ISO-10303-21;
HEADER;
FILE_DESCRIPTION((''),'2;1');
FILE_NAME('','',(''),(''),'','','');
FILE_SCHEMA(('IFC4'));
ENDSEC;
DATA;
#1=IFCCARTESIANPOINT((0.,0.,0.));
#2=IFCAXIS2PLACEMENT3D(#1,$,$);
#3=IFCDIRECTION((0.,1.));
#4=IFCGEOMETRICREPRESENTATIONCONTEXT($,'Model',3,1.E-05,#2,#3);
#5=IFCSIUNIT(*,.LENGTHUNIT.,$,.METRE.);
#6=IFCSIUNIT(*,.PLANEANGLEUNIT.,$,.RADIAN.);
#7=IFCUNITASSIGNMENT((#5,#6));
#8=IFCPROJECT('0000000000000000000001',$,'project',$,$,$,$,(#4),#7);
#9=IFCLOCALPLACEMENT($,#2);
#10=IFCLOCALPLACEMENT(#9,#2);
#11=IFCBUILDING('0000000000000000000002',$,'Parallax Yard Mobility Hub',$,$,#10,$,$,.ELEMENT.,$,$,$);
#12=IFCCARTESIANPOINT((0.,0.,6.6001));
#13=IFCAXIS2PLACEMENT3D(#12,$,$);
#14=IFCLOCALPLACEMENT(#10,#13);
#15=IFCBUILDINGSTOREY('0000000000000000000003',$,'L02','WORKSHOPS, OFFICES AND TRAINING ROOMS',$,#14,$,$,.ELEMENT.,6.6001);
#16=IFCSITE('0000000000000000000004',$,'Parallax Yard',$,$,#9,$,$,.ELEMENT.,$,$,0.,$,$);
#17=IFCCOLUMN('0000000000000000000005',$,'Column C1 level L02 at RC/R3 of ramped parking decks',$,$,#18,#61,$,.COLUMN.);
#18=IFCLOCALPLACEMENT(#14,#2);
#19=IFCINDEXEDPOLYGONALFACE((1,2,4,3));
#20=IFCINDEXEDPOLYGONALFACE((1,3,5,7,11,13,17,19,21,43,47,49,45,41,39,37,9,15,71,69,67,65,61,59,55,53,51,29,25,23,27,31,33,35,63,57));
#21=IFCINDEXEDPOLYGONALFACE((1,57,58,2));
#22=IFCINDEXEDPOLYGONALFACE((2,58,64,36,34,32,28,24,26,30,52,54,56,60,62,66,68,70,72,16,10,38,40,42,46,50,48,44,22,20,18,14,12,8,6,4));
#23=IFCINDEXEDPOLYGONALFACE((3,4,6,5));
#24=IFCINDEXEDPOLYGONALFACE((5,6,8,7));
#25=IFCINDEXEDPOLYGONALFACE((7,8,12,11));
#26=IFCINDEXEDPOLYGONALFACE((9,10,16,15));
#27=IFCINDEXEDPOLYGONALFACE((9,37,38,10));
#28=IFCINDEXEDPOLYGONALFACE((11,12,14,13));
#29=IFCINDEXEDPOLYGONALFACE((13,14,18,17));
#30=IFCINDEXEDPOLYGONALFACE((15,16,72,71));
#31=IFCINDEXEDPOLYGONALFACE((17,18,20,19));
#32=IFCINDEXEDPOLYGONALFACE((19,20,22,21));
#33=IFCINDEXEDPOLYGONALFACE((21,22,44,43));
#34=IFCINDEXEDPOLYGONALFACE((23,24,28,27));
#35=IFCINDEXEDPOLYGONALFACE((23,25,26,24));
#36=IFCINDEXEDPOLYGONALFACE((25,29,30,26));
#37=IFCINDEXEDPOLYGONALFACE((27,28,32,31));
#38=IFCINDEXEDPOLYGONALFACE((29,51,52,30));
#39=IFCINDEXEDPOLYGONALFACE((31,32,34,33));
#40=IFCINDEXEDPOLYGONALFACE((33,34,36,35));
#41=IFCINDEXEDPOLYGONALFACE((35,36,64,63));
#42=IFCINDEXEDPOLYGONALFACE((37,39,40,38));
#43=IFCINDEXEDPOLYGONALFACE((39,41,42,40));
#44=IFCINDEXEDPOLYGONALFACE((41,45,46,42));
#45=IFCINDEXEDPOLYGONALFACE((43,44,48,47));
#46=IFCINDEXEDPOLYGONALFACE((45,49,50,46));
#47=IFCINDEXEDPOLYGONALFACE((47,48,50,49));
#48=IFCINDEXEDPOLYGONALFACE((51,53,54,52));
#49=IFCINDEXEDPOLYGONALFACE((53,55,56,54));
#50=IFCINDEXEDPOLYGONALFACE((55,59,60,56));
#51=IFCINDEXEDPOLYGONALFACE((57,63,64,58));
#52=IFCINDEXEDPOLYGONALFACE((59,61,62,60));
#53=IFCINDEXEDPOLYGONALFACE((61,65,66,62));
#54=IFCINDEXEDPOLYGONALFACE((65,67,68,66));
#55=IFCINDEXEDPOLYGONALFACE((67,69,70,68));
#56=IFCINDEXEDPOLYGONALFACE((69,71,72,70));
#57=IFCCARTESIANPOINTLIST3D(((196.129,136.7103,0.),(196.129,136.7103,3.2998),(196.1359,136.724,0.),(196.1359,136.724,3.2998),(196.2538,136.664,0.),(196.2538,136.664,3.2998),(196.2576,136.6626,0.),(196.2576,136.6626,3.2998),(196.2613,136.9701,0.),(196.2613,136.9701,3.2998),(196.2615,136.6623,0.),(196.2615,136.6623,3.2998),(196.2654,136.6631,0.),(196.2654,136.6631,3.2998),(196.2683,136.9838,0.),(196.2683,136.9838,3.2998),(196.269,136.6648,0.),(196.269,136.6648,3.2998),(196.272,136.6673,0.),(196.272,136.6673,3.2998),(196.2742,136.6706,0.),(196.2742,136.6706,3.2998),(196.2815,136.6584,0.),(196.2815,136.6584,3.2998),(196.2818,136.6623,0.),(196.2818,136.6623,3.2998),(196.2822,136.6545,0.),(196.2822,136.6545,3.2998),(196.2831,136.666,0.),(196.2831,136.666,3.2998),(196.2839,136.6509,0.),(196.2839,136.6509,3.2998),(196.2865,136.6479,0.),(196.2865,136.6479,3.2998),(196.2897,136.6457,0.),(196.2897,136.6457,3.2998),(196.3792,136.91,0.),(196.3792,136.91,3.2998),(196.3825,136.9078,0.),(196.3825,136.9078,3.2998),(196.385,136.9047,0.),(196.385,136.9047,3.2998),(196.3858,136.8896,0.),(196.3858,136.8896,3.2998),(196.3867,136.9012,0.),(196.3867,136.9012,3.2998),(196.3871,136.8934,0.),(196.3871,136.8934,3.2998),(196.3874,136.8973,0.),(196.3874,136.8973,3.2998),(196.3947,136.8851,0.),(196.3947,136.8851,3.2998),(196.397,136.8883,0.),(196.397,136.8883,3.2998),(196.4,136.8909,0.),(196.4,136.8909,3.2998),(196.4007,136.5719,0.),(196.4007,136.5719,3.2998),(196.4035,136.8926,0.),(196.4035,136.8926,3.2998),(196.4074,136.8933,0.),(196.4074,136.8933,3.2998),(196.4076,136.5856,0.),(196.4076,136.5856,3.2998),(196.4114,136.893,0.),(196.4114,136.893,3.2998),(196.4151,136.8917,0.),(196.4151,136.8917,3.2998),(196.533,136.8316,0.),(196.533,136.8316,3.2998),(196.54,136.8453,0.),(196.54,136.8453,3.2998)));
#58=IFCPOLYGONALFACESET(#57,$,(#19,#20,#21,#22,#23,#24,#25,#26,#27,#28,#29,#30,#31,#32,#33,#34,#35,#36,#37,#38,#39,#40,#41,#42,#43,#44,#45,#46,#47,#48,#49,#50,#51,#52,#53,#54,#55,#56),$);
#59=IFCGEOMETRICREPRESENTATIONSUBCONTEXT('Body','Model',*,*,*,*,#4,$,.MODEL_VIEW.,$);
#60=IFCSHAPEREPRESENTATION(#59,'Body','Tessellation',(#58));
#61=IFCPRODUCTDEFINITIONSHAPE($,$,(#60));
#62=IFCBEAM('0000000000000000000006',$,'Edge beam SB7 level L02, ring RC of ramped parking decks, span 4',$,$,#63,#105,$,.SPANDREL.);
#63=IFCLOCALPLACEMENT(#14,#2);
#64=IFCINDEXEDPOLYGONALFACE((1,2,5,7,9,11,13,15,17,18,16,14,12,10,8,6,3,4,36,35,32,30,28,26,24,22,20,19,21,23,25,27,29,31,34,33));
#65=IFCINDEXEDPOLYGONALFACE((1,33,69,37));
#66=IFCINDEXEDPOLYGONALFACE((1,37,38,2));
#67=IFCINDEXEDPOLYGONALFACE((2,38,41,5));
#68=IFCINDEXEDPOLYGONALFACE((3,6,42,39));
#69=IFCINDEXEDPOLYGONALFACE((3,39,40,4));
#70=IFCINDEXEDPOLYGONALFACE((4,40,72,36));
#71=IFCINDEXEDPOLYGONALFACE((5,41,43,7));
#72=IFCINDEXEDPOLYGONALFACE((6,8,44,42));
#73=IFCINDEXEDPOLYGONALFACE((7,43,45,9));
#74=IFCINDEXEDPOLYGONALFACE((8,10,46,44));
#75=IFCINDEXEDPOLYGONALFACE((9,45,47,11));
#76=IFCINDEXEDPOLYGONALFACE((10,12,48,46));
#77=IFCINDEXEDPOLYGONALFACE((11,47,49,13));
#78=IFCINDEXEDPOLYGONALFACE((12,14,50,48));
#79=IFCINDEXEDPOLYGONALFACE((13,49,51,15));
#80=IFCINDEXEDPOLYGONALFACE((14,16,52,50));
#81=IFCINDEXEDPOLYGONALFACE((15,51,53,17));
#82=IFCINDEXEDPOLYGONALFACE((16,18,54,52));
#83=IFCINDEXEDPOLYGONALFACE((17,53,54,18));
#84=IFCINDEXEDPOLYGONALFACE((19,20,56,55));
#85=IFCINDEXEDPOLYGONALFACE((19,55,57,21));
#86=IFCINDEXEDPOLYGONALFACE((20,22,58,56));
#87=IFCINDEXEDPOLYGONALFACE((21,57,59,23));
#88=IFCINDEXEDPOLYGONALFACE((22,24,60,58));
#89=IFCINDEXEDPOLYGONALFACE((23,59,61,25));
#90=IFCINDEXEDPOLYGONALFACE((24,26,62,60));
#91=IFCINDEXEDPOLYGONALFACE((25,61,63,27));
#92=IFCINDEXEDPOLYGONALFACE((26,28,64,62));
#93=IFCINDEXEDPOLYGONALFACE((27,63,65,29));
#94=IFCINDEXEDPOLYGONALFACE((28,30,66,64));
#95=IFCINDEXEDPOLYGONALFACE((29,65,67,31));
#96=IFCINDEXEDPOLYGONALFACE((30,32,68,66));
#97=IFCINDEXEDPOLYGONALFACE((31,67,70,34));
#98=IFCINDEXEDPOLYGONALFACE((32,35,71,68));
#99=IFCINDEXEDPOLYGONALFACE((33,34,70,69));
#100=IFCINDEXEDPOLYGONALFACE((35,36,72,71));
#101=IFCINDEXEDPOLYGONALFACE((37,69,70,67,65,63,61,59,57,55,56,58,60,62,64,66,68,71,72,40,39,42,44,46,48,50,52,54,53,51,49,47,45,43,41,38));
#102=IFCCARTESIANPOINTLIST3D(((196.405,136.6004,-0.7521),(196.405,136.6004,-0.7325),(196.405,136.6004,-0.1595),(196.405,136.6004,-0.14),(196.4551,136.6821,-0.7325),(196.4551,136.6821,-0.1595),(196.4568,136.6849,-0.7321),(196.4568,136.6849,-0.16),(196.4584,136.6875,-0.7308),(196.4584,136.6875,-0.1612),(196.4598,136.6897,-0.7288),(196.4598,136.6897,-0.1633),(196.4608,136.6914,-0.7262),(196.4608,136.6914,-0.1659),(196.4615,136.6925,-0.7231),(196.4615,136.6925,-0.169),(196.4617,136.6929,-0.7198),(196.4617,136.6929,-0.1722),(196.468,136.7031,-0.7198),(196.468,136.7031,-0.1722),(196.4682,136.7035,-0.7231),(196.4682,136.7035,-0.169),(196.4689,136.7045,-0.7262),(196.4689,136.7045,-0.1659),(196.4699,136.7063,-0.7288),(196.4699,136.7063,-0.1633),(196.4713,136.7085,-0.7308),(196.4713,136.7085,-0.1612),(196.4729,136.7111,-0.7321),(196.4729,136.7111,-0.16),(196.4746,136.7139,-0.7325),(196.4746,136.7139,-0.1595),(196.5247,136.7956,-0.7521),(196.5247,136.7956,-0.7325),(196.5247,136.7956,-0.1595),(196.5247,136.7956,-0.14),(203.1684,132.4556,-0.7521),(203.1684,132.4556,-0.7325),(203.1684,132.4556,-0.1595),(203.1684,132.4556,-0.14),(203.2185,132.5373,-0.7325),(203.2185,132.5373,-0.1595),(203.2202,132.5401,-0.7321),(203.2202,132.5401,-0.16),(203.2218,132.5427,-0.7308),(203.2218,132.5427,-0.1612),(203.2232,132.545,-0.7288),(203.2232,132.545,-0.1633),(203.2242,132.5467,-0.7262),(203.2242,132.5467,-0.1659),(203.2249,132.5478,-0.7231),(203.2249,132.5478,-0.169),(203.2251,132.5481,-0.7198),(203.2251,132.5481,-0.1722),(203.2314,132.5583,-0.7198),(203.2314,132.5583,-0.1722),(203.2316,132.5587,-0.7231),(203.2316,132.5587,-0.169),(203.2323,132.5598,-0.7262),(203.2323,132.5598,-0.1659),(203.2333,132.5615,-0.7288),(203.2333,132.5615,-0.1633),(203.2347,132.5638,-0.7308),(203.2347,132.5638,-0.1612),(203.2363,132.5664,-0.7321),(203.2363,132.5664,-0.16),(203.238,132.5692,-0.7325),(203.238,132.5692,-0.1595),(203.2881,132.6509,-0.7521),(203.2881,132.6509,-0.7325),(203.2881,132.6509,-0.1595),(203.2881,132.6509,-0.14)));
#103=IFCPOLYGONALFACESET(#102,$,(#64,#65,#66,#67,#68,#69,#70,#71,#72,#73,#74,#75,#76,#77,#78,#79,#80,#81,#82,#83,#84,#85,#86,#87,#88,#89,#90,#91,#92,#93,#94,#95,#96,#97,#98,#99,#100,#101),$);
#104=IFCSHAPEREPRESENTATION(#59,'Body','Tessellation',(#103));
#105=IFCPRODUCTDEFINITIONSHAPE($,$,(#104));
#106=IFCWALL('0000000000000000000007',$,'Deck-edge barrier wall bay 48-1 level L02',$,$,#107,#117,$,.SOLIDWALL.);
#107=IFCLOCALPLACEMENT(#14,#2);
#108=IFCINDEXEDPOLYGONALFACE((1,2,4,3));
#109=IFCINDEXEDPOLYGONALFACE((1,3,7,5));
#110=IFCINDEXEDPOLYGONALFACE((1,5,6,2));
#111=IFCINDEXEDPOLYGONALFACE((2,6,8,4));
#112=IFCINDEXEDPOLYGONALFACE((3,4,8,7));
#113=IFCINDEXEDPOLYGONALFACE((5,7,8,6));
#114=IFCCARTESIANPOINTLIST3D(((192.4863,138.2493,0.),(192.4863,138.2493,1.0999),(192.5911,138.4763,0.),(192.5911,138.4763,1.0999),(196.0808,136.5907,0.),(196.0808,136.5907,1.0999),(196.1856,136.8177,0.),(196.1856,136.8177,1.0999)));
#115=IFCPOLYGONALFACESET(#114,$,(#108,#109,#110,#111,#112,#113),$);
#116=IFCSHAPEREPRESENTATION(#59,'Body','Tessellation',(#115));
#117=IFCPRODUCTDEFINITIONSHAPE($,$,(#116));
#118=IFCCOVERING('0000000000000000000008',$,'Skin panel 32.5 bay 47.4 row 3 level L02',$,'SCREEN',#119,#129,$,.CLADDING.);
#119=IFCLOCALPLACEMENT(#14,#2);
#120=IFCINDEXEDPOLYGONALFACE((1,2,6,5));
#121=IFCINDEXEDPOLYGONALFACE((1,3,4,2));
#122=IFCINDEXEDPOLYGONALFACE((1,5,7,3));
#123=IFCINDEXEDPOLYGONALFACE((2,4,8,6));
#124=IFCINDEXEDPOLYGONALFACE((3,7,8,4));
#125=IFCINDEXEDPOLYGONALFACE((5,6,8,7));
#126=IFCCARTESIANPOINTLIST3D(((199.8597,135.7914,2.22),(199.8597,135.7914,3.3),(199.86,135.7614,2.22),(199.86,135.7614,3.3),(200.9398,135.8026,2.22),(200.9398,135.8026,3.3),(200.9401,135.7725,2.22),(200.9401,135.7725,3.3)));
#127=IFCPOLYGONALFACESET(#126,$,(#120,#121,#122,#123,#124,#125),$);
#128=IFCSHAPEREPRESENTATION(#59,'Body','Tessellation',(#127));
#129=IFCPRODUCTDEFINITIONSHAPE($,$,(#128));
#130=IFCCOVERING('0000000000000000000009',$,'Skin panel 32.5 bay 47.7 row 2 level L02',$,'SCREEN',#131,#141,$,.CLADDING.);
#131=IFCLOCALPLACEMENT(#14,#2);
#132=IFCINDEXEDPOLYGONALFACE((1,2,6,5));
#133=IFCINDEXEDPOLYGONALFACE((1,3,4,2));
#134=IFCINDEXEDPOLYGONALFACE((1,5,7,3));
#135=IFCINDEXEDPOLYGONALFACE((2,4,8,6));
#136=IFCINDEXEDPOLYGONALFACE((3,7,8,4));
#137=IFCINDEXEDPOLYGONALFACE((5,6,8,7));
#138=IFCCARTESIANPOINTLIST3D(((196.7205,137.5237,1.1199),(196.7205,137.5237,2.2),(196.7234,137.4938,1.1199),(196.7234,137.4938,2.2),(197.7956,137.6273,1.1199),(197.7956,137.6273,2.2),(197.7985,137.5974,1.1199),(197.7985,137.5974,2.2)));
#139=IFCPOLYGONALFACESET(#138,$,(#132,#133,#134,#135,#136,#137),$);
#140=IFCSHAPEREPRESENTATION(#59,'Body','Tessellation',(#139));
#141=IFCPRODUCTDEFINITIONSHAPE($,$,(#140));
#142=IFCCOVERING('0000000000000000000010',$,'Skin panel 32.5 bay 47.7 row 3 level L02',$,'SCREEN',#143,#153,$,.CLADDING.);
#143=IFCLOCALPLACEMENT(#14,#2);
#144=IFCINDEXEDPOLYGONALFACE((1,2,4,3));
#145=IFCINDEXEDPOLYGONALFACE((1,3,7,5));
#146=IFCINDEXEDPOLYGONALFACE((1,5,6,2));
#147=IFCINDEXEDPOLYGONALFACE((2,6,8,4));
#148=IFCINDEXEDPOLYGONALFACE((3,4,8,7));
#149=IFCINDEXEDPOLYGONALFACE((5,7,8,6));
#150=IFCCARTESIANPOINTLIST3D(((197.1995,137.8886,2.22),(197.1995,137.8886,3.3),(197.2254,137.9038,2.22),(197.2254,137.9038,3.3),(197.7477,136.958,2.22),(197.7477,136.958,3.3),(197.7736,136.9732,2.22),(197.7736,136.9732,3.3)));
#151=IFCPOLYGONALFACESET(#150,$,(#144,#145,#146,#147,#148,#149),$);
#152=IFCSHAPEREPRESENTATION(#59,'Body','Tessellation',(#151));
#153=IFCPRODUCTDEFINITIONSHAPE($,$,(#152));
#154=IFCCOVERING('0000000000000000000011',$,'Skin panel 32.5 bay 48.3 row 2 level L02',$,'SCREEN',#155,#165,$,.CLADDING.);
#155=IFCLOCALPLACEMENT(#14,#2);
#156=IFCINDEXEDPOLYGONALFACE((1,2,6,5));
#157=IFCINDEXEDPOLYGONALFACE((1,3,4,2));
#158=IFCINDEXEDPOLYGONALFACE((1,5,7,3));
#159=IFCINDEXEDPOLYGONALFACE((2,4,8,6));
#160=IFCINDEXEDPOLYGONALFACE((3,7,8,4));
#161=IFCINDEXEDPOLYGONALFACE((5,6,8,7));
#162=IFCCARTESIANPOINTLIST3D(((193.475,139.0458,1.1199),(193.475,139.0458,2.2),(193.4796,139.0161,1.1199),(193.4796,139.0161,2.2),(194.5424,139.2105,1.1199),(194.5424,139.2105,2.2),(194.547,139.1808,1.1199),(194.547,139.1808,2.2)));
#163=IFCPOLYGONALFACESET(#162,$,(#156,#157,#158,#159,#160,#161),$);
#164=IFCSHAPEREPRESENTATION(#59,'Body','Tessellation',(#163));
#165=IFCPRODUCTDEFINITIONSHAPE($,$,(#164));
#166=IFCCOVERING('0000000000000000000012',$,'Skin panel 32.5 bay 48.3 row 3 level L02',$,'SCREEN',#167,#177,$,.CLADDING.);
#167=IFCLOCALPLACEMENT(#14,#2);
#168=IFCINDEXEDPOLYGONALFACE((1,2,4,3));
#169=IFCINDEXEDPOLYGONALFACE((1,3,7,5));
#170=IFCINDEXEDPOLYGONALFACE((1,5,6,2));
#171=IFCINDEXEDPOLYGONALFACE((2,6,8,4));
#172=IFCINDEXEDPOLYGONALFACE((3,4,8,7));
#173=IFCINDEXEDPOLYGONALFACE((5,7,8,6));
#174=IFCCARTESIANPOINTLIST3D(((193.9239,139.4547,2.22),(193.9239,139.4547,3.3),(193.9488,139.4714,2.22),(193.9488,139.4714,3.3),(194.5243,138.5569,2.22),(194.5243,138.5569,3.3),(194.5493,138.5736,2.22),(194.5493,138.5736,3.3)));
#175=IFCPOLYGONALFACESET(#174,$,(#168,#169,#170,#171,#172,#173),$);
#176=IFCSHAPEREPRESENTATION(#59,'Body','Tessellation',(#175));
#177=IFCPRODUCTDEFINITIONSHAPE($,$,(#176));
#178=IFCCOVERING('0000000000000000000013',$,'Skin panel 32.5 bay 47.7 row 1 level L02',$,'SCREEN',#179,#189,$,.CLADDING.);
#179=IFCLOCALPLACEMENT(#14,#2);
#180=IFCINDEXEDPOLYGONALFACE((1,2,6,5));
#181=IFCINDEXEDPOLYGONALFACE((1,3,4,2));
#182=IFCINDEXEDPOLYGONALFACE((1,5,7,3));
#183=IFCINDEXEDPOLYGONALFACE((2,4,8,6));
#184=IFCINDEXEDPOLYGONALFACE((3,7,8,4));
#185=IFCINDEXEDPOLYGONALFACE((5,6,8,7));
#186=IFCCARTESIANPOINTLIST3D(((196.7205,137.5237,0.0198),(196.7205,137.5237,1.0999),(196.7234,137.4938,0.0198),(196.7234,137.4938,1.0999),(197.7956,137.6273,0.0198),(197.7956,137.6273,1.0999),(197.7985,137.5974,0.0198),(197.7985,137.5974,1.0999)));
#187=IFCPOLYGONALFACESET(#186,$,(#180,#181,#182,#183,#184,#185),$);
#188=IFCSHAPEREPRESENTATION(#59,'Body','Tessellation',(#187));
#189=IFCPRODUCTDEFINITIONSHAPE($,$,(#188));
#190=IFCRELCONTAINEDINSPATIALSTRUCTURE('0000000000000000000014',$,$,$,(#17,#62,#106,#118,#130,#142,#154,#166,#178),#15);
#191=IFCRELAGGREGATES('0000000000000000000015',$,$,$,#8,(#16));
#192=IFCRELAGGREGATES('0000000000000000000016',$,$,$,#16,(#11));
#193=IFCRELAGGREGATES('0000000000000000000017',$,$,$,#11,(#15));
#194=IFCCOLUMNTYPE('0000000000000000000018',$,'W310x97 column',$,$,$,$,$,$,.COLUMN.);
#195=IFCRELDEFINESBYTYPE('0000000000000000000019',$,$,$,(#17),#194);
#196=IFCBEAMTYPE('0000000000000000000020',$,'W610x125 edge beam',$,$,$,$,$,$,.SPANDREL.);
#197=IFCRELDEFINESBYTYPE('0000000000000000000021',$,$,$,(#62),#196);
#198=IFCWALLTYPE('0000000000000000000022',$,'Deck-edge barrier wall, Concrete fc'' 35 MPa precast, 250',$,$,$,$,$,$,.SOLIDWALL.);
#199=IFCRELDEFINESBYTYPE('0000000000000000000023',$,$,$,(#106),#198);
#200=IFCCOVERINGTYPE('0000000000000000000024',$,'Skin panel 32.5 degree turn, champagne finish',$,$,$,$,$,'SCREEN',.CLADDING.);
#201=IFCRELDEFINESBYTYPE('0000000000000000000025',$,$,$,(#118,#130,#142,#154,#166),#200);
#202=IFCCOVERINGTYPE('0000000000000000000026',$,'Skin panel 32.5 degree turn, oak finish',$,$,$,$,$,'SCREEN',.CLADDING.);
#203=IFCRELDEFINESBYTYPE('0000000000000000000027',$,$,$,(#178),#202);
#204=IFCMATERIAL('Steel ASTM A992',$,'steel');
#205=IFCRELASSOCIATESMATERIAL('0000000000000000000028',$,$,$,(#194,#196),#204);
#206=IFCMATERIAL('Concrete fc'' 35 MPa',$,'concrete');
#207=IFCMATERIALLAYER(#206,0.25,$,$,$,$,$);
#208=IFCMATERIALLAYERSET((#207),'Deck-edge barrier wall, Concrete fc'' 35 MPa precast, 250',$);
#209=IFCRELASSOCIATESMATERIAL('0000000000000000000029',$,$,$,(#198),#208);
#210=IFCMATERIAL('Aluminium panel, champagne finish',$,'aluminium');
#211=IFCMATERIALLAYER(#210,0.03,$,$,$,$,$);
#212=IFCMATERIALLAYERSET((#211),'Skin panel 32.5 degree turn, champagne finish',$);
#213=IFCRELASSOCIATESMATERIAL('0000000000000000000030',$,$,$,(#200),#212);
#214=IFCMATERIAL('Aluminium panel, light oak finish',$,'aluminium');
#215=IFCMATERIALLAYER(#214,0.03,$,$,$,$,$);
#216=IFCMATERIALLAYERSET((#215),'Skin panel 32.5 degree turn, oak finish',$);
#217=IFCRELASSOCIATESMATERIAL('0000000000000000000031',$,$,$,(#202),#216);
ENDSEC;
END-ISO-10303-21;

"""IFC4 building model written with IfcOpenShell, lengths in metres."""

from ifc_helpers import new_model, si_unit, direction, frame, frame_2d, origin, origin_2d, place, context, subcontext, project, spatial, rectangle, i_section, extrude, material, layer, layer_set, material_profile, profile_set, type_object, element, save


model = new_model("IFC4")

# Units and contexts
model_context = context("Model", 3, precision=1e-05, world=origin(), true_north=direction((0.0, 1.0)))
body_context = subcontext(model_context, "Body", "Model", "MODEL_VIEW")
ifc_project = project(units=[si_unit("LENGTHUNIT", "METRE"), si_unit("PLANEANGLEUNIT", "RADIAN")], contexts=[model_context])

# Site, building, storey
site_placement = place(None, origin())
site = spatial("IfcSite", under=ifc_project, at=site_placement, Name="Parallax Yard", CompositionType="ELEMENT", RefElevation=0.0)
building_placement = place(site_placement, origin())
building = spatial("IfcBuilding", under=site, at=building_placement, Name="Parallax Yard Mobility Hub", CompositionType="ELEMENT")
storey_placement = place(building_placement, frame((0.0, 0.0, 6.6001)))
storey = spatial("IfcBuildingStorey", under=building, at=storey_placement, Name="L02", Description="WORKSHOPS, OFFICES AND TRAINING ROOMS", CompositionType="ELEMENT", Elevation=6.6001)

# Column
ifc_material_1 = material(Name="Steel ASTM A992", Category="steel")
ifc_material_profile_1 = material_profile(ifc_material_1, i_section(OverallWidth=0.3049, OverallDepth=0.3069, WebThickness=0.01, FlangeThickness=0.0154, FilletRadius=0.0151, at=origin_2d()), Name="W310x97")
ifc_profile_set_1 = profile_set([ifc_material_profile_1], Name="Steel ASTM A992")
column_type = type_object("IfcColumnType", Name="W310x97 column", PredefinedType="COLUMN", material=ifc_profile_set_1)
column_placement = place(storey_placement, frame((196.3345, 136.7778, 0.0), z_axis=(0.0, 0.0, 1.0), x_axis=(-0.891007, 0.45399, 0.0)))
element("IfcColumn", 1, at=column_placement, inside=storey, type_object=column_type, Name="Column C1 level L02 at RC/R3 of ramped parking decks", PredefinedType="COLUMN", context=body_context, shape_type="SweptSolid", body=[
    extrude(i_section(OverallWidth=0.3049, OverallDepth=0.3069, WebThickness=0.01, FlangeThickness=0.0154, FilletRadius=0.0151, at=origin_2d()), origin(), (0.0, 0.0, 1.0), 3.2998),
])

# Beam
ifc_material_profile_2 = material_profile(ifc_material_1, i_section(OverallWidth=0.229, OverallDepth=0.6121, WebThickness=0.012, FlangeThickness=0.0195, FilletRadius=0.0127, at=origin_2d()), Name="W610x125")
ifc_profile_set_2 = profile_set([ifc_material_profile_2], Name="Steel ASTM A992")
beam_type = type_object("IfcBeamType", Name="W610x125 edge beam", PredefinedType="SPANDREL", material=ifc_profile_set_2)
beam_placement = place(storey_placement, frame((196.4648, 136.698, -0.446), z_axis=(0.852632, -0.522512, 0.0), x_axis=(0.522512, 0.852632, 0.0)))
element("IfcBeam", 2, at=beam_placement, inside=storey, type_object=beam_type, Name="Edge beam SB7 level L02, ring RC of ramped parking decks, span 4", PredefinedType="SPANDREL", context=body_context, shape_type="SweptSolid", body=[
    extrude(i_section(OverallWidth=0.229, OverallDepth=0.6121, WebThickness=0.012, FlangeThickness=0.0195, FilletRadius=0.0127, at=origin_2d()), origin(), (0.0, 0.0, 1.0), 7.9324),
])

# Wall
ifc_material_2 = material(Name="Concrete fc' 35 MPa", Category="concrete")
ifc_layer_1 = layer(ifc_material_2, 0.25)
ifc_layer_set_1 = layer_set([ifc_layer_1], Name="Deck-edge barrier wall, Concrete fc' 35 MPa precast, 250")
wall_type = type_object("IfcWallType", Name="Deck-edge barrier wall, Concrete fc' 35 MPa precast, 250", PredefinedType="SOLIDWALL", material=ifc_layer_set_1)
wall_placement = place(storey_placement, frame((196.1333, 136.7041, 0.0), z_axis=(0.0, 0.0, 1.0), x_axis=(-0.907988, 0.418996, 0.0)))
element("IfcWall", 3, at=wall_placement, inside=storey, type_object=wall_type, Name="Deck-edge barrier wall bay 48-1 level L02", PredefinedType="SOLIDWALL", context=body_context, shape_type="SweptSolid", body=[
    extrude(rectangle(XDim=3.9587, YDim=0.25, at=frame_2d((1.9795, 0.0))), origin(), (0.0, 0.0, 1.0), 1.0999),
])

# Coverings
ifc_material_3 = material(Name="Aluminium panel, champagne finish", Category="aluminium")
ifc_layer_2 = layer(ifc_material_3, 0.03)
ifc_layer_set_2 = layer_set([ifc_layer_2], Name="Skin panel 32.5 degree turn, champagne finish")
covering_type_1 = type_object("IfcCoveringType", Name="Skin panel 32.5 degree turn, champagne finish", ElementType="SCREEN", PredefinedType="CLADDING", material=ifc_layer_set_2)
for number, where, z_axis, x_axis, name in (
    (4, (200.3999, 135.782, 2.22), (0.0, 0.0, 1.0), (0.999947, 0.010313, 0.0), "Skin panel 32.5 bay 47.4 row 3 level L02"),
    (5, (197.2595, 137.5605, 1.1199), (0.0, 0.0, 1.0), (0.995396, 0.095846, 0.0), "Skin panel 32.5 bay 47.7 row 2 level L02"),
    (6, (197.4866, 137.4309, 2.22), (0.0, 0.0, 1.0), (-0.507538, 0.861629, 0.0), "Skin panel 32.5 bay 47.7 row 3 level L02"),
    (7, (194.011, 139.1133, 1.1199), (0.0, 0.0, 1.0), (0.988301, 0.152515, 0.0), "Skin panel 32.5 bay 48.3 row 2 level L02"),
    (8, (194.2366, 139.0142, 2.22), (0.0, 0.0, 1.0), (-0.5559, 0.831249, 0.0), "Skin panel 32.5 bay 48.3 row 3 level L02"),
):
    element("IfcCovering", number, at=place(storey_placement, frame(where, z_axis=z_axis, x_axis=x_axis)), inside=storey, type_object=covering_type_1, Name=name, ObjectType="SCREEN", PredefinedType="CLADDING", context=body_context, shape_type="SweptSolid", body=[
        extrude(rectangle(XDim=1.0801, YDim=0.03, at=origin_2d()), origin(), (0.0, 0.0, 1.0), 1.0801),
    ])
ifc_material_4 = material(Name="Aluminium panel, light oak finish", Category="aluminium")
ifc_layer_3 = layer(ifc_material_4, 0.03)
ifc_layer_set_3 = layer_set([ifc_layer_3], Name="Skin panel 32.5 degree turn, oak finish")
covering_type_2 = type_object("IfcCoveringType", Name="Skin panel 32.5 degree turn, oak finish", ElementType="SCREEN", PredefinedType="CLADDING", material=ifc_layer_set_3)
covering_placement = place(storey_placement, frame((197.2595, 137.5605, 0.0198), z_axis=(0.0, 0.0, 1.0), x_axis=(0.995396, 0.095846, 0.0)))
element("IfcCovering", 9, at=covering_placement, inside=storey, type_object=covering_type_2, Name="Skin panel 32.5 bay 47.7 row 1 level L02", ObjectType="SCREEN", PredefinedType="CLADDING", context=body_context, shape_type="SweptSolid", body=[
    extrude(rectangle(XDim=1.0801, YDim=0.03, at=origin_2d()), origin(), (0.0, 0.0, 1.0), 1.0801),
])

save(model, "model.ifc")
